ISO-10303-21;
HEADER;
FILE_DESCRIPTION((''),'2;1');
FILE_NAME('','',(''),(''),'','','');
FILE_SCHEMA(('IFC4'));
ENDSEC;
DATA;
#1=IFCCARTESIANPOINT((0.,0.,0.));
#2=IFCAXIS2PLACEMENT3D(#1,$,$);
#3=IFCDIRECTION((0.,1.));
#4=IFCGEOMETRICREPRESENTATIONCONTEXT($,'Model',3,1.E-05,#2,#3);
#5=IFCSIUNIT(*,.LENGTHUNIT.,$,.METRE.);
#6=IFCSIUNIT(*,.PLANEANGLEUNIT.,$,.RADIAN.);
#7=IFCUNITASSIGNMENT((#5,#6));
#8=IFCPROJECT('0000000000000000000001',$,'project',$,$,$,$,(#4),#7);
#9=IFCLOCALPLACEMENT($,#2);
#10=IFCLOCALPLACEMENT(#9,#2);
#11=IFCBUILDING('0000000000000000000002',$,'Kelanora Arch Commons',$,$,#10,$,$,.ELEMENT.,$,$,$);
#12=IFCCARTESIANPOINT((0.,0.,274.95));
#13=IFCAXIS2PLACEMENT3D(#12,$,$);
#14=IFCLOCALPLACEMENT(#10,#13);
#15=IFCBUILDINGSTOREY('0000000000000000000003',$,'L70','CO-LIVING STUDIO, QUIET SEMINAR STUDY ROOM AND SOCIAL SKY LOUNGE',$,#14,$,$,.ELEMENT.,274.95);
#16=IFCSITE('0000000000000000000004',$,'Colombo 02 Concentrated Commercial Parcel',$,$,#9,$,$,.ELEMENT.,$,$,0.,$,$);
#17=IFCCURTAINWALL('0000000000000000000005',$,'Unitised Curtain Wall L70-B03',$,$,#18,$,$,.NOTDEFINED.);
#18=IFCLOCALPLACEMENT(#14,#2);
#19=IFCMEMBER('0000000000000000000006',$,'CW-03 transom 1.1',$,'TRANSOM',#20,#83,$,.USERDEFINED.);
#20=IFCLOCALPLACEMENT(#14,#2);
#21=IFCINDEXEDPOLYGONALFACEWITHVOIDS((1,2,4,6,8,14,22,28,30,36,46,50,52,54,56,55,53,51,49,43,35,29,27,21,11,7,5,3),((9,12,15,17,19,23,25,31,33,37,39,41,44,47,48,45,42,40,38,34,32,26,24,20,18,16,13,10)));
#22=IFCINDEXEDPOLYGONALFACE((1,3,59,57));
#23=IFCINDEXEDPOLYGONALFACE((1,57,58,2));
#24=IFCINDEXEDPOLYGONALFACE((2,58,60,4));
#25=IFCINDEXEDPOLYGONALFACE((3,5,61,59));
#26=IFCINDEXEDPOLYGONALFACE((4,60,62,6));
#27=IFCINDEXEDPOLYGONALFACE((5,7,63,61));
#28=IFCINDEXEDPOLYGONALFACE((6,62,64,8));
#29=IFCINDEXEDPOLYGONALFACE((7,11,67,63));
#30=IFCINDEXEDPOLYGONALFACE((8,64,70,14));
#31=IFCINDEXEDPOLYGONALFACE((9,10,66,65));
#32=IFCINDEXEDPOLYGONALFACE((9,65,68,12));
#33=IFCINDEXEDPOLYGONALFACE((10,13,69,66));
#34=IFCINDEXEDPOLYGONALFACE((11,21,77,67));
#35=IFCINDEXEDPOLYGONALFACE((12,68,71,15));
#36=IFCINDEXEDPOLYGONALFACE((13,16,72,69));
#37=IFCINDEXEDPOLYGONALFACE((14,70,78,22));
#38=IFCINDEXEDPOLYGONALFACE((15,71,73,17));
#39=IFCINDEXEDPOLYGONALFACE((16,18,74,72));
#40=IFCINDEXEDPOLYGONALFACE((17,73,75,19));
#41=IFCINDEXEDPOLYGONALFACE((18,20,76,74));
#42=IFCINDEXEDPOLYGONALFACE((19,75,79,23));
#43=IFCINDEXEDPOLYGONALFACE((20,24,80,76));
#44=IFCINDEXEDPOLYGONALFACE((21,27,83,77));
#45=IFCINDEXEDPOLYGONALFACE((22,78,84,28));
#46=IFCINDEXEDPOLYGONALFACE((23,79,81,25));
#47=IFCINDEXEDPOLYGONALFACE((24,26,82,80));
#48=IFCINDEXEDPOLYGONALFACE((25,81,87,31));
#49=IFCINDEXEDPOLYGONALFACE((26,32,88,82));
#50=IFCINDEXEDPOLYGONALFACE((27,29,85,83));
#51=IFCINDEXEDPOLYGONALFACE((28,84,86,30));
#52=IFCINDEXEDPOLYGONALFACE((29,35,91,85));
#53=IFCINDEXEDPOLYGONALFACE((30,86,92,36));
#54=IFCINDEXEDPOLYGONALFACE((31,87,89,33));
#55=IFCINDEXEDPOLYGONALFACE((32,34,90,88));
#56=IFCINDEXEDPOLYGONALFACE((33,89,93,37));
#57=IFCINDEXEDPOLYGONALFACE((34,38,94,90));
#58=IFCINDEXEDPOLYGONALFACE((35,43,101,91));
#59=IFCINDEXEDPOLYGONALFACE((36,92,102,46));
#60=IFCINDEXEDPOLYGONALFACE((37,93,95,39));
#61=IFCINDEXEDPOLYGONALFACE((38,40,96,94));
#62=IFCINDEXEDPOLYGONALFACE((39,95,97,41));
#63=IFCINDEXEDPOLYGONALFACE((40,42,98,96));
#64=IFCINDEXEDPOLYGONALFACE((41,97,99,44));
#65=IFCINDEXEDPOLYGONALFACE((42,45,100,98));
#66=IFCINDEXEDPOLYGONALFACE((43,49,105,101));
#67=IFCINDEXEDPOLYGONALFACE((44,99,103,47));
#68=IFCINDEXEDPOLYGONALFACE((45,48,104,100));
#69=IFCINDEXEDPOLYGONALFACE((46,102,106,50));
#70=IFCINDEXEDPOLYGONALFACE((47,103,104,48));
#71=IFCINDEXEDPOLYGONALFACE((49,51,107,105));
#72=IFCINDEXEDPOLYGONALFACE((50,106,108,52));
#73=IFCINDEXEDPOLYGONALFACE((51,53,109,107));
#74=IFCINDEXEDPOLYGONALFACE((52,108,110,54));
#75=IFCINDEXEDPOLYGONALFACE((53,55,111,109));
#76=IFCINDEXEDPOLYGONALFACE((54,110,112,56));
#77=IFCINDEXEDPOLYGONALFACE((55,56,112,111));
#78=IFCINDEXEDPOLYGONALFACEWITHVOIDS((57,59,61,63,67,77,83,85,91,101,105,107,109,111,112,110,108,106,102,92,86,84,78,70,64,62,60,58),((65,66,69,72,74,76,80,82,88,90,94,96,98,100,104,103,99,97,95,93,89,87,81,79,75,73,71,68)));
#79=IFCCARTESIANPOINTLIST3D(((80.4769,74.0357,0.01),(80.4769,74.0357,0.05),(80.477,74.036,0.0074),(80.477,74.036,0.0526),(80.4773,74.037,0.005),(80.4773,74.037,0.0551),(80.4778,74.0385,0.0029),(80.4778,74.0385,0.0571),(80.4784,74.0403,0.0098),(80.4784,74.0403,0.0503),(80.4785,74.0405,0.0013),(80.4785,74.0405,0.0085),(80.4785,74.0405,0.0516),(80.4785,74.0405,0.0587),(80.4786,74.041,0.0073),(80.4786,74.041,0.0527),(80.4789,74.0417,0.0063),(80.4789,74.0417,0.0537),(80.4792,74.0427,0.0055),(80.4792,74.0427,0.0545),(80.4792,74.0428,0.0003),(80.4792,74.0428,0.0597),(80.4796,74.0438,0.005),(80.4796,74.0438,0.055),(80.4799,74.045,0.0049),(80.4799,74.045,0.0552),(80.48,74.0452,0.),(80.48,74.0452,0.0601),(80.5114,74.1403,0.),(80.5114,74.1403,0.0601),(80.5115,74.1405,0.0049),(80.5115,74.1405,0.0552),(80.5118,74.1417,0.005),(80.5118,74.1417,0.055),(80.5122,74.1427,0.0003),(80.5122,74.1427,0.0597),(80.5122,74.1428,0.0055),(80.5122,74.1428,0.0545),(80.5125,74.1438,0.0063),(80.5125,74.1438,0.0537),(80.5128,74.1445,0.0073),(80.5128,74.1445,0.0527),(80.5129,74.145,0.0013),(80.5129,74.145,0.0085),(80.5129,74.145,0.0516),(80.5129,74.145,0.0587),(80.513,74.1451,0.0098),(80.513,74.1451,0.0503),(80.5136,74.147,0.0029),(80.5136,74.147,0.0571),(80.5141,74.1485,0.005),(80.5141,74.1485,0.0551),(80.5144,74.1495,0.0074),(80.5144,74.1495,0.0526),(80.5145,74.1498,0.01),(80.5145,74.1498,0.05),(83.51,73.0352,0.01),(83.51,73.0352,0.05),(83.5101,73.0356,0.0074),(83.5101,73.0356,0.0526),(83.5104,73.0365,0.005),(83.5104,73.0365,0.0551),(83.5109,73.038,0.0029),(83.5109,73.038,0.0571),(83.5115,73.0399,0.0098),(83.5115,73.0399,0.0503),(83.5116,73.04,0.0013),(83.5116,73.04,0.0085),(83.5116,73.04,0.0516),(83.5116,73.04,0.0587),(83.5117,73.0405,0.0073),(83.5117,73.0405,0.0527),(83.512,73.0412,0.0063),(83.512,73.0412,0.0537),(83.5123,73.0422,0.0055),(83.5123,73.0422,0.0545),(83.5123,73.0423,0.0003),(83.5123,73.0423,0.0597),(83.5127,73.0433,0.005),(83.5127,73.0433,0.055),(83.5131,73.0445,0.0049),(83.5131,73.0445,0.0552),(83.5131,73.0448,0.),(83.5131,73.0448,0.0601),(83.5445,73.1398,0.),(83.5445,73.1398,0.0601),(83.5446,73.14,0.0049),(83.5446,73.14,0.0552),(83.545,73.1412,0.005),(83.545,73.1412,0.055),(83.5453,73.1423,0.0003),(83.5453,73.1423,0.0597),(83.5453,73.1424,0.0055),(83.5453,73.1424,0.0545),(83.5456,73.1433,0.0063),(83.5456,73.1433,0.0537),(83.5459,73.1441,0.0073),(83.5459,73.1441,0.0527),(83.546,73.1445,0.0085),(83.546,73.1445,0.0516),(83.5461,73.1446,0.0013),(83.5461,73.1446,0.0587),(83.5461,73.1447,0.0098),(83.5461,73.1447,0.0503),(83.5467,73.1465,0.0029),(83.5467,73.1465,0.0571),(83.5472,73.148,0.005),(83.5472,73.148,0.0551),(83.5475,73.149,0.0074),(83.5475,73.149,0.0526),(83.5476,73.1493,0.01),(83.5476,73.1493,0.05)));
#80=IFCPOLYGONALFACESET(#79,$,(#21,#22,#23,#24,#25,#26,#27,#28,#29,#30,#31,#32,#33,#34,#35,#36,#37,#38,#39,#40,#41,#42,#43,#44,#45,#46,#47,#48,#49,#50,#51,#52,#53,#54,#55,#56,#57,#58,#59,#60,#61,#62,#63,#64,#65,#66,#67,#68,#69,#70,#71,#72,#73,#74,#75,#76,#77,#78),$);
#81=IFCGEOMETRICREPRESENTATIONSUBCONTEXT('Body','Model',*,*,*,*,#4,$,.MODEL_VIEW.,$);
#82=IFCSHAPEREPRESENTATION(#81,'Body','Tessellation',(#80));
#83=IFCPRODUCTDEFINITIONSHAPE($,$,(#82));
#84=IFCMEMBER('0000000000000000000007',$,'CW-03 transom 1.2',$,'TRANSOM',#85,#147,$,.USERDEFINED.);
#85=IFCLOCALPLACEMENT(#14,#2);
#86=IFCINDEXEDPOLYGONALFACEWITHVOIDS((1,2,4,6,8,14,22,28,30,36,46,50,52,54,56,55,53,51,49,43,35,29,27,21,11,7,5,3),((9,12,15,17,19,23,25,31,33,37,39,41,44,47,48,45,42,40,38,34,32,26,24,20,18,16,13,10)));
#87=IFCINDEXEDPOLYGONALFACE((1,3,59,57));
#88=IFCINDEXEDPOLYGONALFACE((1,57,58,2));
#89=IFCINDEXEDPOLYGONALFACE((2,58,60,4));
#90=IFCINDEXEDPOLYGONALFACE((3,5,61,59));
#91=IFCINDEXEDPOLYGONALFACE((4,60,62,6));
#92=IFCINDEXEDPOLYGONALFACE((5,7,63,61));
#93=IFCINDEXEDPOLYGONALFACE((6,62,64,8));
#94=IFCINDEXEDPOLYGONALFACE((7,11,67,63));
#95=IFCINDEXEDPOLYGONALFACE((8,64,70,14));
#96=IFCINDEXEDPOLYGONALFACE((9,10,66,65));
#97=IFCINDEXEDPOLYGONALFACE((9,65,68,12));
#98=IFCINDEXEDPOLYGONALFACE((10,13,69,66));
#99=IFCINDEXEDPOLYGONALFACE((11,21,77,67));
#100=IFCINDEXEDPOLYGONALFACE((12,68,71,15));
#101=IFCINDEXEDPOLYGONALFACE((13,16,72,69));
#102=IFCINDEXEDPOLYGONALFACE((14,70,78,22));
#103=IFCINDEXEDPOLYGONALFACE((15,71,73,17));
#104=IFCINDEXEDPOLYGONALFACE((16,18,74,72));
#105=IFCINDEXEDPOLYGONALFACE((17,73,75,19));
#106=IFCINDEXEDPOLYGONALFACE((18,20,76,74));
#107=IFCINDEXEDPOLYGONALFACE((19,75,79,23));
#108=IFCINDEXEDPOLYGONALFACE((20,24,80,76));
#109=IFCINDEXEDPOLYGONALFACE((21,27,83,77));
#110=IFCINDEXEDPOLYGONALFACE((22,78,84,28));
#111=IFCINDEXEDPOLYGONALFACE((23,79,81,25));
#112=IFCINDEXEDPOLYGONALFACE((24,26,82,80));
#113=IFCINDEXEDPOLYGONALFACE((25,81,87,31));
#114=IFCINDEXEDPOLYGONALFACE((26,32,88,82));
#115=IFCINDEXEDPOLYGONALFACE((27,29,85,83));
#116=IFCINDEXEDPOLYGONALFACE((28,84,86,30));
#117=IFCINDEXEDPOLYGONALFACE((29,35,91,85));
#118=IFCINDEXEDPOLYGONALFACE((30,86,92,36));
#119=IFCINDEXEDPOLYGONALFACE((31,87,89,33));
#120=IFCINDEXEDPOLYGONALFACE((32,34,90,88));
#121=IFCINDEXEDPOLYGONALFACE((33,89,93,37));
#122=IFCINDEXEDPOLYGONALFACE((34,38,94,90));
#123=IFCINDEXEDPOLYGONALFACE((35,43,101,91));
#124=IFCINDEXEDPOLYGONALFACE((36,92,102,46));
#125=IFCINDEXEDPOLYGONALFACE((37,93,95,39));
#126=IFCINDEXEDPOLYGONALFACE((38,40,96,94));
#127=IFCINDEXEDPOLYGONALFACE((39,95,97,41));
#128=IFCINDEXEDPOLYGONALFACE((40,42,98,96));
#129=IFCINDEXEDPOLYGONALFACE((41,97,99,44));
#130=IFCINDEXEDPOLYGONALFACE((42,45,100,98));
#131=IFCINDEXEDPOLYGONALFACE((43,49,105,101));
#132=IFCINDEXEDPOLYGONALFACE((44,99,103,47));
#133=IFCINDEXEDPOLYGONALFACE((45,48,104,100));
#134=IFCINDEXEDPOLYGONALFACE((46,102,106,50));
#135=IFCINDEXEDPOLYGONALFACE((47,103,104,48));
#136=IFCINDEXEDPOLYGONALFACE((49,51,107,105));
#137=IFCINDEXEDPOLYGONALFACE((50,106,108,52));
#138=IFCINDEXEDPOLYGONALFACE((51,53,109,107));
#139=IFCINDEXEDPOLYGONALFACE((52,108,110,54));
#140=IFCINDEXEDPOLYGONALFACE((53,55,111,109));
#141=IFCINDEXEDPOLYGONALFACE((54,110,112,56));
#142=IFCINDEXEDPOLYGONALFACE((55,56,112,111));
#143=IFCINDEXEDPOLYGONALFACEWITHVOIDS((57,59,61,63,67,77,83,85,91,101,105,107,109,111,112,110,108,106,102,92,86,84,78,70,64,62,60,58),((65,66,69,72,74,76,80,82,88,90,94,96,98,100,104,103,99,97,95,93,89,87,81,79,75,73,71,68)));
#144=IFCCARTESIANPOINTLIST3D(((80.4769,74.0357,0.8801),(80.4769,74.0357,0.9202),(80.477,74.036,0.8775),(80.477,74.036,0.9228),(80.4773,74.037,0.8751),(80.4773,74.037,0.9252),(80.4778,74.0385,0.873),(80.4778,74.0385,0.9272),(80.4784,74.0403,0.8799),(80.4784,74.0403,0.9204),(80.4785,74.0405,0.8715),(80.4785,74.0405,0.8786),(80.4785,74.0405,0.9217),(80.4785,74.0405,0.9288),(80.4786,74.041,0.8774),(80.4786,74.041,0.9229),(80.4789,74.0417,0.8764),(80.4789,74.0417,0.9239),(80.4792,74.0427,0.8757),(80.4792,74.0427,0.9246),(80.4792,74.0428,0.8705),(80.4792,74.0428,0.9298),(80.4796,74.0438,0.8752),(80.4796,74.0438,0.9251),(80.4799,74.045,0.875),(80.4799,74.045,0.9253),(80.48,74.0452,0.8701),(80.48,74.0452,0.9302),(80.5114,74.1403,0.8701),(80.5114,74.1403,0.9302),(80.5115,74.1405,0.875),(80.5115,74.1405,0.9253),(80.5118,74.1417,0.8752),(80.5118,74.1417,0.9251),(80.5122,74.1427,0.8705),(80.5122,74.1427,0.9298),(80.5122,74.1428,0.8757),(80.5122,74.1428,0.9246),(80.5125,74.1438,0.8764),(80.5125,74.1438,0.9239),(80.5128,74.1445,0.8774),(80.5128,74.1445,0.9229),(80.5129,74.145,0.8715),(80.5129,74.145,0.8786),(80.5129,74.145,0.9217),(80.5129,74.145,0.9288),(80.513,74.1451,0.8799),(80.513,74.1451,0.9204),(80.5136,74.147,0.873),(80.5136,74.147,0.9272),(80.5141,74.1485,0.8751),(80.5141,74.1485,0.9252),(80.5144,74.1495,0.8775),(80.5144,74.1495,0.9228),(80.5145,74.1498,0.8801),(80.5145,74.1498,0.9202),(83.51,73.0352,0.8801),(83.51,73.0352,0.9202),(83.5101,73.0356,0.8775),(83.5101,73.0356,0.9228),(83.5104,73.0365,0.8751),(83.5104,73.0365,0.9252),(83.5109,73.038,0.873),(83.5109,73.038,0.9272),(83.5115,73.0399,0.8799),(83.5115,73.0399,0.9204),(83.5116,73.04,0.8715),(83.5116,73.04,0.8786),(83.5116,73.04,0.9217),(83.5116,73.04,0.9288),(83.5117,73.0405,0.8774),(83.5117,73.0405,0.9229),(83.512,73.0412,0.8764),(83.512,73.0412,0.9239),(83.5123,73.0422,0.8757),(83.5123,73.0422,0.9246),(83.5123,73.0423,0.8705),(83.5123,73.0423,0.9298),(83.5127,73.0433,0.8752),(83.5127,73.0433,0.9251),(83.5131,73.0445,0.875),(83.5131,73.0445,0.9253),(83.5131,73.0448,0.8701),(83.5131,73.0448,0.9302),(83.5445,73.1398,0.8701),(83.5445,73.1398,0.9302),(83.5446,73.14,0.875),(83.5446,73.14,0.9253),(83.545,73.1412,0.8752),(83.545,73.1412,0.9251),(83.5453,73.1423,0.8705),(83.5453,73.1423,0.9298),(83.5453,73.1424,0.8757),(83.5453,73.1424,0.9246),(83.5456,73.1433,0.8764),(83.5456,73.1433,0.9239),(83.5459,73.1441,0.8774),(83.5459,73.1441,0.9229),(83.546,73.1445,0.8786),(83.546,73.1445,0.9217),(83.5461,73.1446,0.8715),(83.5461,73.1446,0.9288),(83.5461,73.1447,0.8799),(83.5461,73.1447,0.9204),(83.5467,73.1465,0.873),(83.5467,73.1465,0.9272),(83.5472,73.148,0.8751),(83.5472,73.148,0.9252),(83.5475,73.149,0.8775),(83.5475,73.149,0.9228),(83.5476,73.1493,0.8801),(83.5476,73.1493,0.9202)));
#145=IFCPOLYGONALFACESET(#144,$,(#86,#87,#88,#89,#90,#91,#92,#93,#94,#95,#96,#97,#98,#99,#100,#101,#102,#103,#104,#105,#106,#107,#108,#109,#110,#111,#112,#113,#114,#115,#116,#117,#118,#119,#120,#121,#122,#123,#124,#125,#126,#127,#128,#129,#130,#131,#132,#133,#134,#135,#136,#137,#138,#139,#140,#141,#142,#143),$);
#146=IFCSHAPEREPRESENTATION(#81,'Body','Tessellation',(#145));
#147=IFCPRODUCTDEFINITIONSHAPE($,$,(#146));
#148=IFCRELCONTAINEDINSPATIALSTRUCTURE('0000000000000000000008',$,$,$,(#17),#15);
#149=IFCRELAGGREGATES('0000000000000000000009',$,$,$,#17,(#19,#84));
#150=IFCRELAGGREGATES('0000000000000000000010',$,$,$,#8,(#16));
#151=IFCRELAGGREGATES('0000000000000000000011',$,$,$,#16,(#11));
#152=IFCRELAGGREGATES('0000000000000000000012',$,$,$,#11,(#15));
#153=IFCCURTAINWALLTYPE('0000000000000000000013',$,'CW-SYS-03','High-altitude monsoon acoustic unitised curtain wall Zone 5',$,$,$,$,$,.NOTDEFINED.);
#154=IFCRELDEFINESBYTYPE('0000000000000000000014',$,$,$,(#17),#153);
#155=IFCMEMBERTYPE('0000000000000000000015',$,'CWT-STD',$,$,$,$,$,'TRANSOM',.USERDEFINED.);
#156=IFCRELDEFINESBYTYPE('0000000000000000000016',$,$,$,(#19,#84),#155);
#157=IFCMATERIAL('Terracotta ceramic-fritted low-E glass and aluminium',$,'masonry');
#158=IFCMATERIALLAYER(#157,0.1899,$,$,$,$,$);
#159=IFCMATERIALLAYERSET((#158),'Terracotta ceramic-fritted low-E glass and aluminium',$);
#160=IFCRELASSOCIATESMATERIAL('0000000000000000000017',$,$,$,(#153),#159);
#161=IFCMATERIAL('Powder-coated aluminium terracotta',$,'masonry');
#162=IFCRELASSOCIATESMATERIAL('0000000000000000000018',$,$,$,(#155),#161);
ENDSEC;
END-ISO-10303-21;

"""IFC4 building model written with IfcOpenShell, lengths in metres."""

from ifc_helpers import new_model, si_unit, direction, frame, origin, origin_2d, place, context, subcontext, project, spatial, hollow_rectangle, extrude, material, layer, layer_set, material_profile, profile_set, type_object, element, aggregate, save


model = new_model("IFC4")

# Units and contexts
model_context = context("Model", 3, precision=1e-05, world=origin(), true_north=direction((0.0, 1.0)))
body_context = subcontext(model_context, "Body", "Model", "MODEL_VIEW")
ifc_project = project(units=[si_unit("LENGTHUNIT", "METRE"), si_unit("PLANEANGLEUNIT", "RADIAN")], contexts=[model_context])

# Site, building, storey
site_placement = place(None, origin())
site = spatial("IfcSite", under=ifc_project, at=site_placement, Name="Colombo 02 Concentrated Commercial Parcel", CompositionType="ELEMENT", RefElevation=0.0)
building_placement = place(site_placement, origin())
building = spatial("IfcBuilding", under=site, at=building_placement, Name="Kelanora Arch Commons", CompositionType="ELEMENT")
storey_placement = place(building_placement, frame((0.0, 0.0, 274.95)))
storey = spatial("IfcBuildingStorey", under=building, at=storey_placement, Name="L70", Description="CO-LIVING STUDIO, QUIET SEMINAR STUDY ROOM AND SOCIAL SKY LOUNGE", CompositionType="ELEMENT", Elevation=274.95)

# Curtain wall, members
ifc_material_1 = material(Name="Terracotta ceramic-fritted low-E glass and aluminium", Category="masonry")
ifc_layer_1 = layer(ifc_material_1, 0.1899)
ifc_layer_set_1 = layer_set([ifc_layer_1], Name="Terracotta ceramic-fritted low-E glass and aluminium")
curtain_wall_type = type_object("IfcCurtainWallType", Name="CW-SYS-03", Description="High-altitude monsoon acoustic unitised curtain wall Zone 5", PredefinedType="NOTDEFINED", material=ifc_layer_set_1)
curtain_wall_placement = place(storey_placement, origin())
curtain_wall = element("IfcCurtainWall", 1, at=curtain_wall_placement, inside=storey, type_object=curtain_wall_type, Name="Unitised Curtain Wall L70-B03", PredefinedType="NOTDEFINED")
ifc_material_2 = material(Name="Powder-coated aluminium terracotta", Category="masonry")
ifc_material_profile_1 = material_profile(ifc_material_2, hollow_rectangle(XDim=0.1201, YDim=0.0601, WallThickness=0.0049, InnerFilletRadius=0.0049, OuterFilletRadius=0.01, at=origin_2d()), Name="CWT120x60")
ifc_profile_set_1 = profile_set([ifc_material_profile_1], Name="Powder-coated aluminium terracotta")
member_type_1 = type_object("IfcMemberType", Name="CWT-STD", ElementType="TRANSOM", PredefinedType="USERDEFINED", material=ifc_profile_set_1)
member_1_placement = place(storey_placement, frame((83.5288, 73.0923, 0.03), z_axis=(-0.949672, 0.313245, 0.0), x_axis=(-0.313245, -0.949672, 0.0)))
member_1 = element("IfcMember", 2, at=member_1_placement, type_object=member_type_1, Name="CW-03 transom 1.1", ObjectType="TRANSOM", PredefinedType="USERDEFINED", context=body_context, shape_type="SweptSolid", body=[
    extrude(hollow_rectangle(XDim=0.1201, YDim=0.0601, WallThickness=0.0049, InnerFilletRadius=0.0049, OuterFilletRadius=0.01, at=origin_2d()), origin(), (0.0, 0.0, 1.0), 3.1938),
])
member_2_placement = place(storey_placement, frame((83.5288, 73.0923, 0.9001), z_axis=(-0.949672, 0.313245, 0.0), x_axis=(-0.313245, -0.949672, 0.0)))
member_2 = element("IfcMember", 3, at=member_2_placement, type_object=member_type_1, Name="CW-03 transom 1.2", ObjectType="TRANSOM", PredefinedType="USERDEFINED", context=body_context, shape_type="SweptSolid", body=[
    extrude(hollow_rectangle(XDim=0.1201, YDim=0.0601, WallThickness=0.0049, InnerFilletRadius=0.0049, OuterFilletRadius=0.01, at=origin_2d()), origin(), (0.0, 0.0, 1.0), 3.1938),
])
aggregate(curtain_wall, [member_1, member_2])

save(model, "model.ifc")
